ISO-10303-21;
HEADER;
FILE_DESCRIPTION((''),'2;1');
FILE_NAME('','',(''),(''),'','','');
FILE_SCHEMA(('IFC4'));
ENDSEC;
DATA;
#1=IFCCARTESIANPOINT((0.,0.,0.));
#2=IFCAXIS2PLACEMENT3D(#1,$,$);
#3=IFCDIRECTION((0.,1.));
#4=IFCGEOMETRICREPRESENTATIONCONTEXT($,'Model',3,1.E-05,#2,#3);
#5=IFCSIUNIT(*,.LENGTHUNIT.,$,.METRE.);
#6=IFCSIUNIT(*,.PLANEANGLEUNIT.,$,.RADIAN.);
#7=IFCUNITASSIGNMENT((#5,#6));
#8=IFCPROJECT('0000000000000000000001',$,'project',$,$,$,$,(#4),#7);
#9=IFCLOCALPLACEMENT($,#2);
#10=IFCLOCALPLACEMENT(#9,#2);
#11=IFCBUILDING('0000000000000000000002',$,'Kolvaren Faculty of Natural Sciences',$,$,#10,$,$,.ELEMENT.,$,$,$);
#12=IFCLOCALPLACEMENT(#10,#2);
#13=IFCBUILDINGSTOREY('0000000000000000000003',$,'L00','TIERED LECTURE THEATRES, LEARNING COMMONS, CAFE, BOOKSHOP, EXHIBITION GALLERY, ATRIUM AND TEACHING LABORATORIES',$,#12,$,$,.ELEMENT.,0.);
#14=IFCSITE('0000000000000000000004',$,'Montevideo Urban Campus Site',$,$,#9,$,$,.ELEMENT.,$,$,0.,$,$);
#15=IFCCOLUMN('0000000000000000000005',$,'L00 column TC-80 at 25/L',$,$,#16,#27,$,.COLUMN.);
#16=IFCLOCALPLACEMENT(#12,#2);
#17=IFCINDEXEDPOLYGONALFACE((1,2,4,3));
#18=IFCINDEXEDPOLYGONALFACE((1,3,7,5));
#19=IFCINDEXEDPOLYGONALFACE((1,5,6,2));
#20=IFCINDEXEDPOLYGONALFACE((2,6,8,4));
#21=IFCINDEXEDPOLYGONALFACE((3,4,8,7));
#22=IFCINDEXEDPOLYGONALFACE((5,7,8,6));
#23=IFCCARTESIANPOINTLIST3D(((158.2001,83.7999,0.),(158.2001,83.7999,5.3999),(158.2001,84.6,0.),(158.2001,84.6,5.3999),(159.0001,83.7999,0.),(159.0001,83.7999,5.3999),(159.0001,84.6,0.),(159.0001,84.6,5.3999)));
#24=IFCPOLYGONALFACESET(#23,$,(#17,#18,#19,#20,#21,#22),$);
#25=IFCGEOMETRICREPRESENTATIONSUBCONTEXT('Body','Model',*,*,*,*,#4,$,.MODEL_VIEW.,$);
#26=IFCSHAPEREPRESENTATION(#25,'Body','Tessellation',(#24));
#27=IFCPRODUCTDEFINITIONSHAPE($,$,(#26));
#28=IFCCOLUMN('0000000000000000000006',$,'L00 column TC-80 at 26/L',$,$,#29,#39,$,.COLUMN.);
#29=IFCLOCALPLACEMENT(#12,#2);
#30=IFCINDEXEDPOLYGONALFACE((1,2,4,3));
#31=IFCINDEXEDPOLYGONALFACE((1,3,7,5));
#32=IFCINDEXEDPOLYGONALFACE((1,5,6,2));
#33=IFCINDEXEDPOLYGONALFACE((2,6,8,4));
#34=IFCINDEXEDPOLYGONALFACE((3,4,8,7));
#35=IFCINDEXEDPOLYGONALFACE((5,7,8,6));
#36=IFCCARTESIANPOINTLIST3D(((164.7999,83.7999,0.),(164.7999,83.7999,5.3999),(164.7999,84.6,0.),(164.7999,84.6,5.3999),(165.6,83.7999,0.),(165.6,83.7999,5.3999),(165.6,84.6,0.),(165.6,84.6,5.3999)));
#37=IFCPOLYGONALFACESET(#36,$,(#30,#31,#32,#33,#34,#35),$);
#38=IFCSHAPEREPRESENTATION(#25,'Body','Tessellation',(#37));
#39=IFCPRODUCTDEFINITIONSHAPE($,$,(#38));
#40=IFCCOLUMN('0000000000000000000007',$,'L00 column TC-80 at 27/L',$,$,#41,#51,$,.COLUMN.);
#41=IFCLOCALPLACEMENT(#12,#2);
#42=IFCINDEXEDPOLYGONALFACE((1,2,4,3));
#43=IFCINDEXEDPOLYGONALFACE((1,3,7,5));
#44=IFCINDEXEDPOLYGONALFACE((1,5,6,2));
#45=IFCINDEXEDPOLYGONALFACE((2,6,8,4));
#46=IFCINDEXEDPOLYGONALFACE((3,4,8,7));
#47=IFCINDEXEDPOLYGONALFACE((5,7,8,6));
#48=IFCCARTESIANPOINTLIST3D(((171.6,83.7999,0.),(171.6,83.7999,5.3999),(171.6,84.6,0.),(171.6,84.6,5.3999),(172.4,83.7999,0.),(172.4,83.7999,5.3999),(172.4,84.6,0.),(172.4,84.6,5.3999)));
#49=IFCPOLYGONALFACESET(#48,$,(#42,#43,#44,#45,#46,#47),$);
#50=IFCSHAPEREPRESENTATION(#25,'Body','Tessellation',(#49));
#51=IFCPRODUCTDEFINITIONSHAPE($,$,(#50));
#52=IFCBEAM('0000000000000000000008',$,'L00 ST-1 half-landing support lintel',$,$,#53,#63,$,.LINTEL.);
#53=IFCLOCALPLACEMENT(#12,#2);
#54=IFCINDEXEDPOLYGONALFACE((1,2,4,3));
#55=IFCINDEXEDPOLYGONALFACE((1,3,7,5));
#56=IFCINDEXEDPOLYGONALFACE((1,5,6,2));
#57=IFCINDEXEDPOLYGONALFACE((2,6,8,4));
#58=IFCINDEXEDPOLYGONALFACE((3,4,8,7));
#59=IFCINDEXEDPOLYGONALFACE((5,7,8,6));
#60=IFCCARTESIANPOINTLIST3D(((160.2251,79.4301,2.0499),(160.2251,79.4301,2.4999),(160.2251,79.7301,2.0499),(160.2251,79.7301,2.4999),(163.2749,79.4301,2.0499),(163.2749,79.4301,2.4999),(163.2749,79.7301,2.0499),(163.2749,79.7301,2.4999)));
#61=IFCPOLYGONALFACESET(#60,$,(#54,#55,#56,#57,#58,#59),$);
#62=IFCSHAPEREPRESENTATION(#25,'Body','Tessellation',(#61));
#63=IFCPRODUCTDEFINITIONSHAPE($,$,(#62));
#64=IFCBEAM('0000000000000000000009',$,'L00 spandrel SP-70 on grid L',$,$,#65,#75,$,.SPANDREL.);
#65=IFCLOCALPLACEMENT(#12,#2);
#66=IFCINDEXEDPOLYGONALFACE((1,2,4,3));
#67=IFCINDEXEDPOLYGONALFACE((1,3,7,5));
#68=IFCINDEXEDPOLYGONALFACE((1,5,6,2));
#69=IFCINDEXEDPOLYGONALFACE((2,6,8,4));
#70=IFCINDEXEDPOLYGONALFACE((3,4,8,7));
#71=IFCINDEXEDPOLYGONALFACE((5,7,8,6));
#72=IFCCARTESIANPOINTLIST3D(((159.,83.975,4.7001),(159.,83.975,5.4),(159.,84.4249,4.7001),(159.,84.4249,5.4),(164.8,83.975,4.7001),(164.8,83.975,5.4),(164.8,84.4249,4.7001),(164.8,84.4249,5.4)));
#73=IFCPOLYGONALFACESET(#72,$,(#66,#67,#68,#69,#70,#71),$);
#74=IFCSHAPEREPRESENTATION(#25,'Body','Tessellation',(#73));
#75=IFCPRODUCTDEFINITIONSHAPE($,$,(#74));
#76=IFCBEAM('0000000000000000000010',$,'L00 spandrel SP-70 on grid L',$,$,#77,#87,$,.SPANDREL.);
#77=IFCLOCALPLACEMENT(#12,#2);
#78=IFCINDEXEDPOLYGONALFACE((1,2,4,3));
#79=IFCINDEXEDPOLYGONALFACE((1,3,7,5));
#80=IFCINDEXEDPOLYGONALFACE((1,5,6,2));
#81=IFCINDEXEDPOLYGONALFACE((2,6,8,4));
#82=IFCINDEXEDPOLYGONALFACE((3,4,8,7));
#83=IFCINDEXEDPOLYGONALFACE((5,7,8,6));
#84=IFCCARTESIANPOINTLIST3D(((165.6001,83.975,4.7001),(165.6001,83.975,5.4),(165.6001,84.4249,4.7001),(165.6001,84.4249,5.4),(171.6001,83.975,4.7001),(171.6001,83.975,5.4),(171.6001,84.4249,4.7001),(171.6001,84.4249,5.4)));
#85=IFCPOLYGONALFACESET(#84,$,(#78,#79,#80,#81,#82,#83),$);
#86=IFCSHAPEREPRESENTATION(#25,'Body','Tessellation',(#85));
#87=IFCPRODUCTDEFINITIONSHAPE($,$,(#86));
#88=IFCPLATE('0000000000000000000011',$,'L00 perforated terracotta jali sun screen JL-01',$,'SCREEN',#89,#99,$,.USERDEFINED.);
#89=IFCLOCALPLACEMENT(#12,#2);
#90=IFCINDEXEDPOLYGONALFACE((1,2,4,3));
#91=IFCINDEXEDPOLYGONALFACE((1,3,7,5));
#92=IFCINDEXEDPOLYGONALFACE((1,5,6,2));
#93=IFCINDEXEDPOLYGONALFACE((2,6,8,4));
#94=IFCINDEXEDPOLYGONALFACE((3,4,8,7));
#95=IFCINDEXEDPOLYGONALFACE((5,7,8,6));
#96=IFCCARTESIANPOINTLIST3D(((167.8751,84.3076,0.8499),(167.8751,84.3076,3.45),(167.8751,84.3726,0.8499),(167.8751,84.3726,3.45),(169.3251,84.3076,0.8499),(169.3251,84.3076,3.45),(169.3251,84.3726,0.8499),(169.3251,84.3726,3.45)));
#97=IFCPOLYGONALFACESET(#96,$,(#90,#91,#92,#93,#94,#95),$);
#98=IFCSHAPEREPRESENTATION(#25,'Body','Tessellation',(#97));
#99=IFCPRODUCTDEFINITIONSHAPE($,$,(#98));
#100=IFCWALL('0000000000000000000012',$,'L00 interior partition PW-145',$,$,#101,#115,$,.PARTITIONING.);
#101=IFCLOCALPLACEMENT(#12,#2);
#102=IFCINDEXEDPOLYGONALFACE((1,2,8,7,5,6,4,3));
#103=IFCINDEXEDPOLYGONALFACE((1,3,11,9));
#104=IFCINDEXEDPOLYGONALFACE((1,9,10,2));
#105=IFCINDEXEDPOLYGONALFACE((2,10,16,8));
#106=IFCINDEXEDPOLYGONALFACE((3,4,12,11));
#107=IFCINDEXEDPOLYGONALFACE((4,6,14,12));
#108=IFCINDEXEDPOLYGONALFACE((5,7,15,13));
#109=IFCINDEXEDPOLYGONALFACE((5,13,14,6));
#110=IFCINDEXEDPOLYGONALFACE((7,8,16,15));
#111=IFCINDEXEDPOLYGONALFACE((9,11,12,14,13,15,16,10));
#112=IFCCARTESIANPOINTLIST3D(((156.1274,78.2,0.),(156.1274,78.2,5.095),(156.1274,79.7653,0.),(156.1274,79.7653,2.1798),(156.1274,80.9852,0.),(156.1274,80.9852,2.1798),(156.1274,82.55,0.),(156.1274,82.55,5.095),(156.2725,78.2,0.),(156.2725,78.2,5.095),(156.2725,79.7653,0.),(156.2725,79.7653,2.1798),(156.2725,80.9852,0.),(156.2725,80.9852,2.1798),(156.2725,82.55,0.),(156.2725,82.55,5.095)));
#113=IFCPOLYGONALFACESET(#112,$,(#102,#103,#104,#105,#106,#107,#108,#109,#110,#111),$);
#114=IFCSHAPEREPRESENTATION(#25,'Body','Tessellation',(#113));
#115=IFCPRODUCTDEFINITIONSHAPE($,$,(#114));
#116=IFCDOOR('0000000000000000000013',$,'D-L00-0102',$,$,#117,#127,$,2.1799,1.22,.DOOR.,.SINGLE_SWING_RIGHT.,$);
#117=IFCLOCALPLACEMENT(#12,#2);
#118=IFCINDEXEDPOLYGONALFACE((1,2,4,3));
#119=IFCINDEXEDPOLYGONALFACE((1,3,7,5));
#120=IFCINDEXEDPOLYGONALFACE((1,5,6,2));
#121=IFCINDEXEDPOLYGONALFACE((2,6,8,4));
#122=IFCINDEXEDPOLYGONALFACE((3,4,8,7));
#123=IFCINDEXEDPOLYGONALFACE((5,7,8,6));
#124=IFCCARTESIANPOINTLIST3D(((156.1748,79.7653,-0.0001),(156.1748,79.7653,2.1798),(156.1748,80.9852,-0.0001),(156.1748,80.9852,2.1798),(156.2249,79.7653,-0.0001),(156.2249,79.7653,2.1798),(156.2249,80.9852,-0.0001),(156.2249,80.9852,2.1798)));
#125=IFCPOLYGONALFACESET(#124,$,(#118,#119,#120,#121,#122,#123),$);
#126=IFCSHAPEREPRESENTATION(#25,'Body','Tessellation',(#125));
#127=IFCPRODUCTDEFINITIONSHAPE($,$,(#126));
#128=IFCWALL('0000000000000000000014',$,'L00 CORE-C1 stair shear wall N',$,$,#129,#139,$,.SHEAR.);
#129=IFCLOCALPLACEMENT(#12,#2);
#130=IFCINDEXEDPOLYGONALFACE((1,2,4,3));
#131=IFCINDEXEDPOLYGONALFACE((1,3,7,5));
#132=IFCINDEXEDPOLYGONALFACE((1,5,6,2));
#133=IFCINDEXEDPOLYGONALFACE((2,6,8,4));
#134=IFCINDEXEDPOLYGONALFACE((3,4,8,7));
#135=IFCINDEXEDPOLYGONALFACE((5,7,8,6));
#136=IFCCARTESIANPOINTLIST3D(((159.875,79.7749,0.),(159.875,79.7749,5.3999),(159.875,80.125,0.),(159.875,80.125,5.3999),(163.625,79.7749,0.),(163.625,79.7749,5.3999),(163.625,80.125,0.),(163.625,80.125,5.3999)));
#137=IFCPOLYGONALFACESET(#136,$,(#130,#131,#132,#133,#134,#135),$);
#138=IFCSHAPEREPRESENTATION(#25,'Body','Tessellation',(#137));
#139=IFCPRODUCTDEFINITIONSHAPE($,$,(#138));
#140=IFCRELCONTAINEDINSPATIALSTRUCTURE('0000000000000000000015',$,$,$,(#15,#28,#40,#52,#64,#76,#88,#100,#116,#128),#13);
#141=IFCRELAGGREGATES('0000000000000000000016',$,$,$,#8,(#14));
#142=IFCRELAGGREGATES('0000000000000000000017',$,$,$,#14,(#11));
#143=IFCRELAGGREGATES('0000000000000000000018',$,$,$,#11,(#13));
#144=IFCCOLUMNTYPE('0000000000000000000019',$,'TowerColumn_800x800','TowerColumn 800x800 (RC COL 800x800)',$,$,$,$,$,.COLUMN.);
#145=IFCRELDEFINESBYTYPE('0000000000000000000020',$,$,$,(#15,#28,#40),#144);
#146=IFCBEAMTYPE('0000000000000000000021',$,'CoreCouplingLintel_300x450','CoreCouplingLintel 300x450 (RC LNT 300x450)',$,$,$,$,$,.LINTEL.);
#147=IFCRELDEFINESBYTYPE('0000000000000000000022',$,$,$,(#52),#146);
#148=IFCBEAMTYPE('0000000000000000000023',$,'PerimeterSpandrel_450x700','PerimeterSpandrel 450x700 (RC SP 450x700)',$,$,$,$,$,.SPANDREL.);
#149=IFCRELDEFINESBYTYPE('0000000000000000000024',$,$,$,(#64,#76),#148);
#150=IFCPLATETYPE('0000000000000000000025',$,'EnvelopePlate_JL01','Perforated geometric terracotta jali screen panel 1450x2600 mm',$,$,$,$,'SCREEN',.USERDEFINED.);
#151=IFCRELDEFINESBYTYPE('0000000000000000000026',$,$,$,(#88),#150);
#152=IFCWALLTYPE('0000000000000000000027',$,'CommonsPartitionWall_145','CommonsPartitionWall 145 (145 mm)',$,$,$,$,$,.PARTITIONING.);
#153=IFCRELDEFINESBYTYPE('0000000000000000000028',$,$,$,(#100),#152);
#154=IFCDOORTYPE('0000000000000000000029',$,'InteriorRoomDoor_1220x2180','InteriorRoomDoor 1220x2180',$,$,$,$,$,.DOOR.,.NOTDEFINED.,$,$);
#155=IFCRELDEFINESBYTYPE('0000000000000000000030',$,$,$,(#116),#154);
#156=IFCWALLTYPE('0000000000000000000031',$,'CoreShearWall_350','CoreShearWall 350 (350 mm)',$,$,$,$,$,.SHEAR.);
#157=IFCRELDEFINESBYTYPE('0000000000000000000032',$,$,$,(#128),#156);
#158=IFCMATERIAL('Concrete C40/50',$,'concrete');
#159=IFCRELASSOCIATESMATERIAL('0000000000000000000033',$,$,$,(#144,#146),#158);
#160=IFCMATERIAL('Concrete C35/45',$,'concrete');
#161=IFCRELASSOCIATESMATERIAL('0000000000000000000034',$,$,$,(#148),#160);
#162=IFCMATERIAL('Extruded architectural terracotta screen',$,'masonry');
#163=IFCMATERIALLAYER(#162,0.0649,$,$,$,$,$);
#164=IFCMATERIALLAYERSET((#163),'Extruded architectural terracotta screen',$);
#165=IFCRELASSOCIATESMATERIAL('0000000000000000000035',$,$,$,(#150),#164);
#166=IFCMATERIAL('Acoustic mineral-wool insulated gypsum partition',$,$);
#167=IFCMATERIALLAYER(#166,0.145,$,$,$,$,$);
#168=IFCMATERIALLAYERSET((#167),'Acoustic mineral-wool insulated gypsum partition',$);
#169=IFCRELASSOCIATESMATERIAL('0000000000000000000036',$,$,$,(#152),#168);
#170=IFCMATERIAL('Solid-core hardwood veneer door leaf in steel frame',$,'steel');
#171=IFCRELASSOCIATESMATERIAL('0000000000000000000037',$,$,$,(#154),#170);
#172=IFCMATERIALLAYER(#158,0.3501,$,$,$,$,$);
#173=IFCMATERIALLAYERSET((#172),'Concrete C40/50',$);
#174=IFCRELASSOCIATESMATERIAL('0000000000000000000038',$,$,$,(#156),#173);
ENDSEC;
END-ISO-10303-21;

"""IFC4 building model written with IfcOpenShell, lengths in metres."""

from ifc_helpers import new_model, si_unit, direction, frame, frame_2d, origin, origin_2d, place, context, subcontext, project, spatial, rectangle, extrude, material, layer, layer_set, material_profile, profile_set, type_object, element, fill, save


model = new_model("IFC4")

# Units and contexts
model_context = context("Model", 3, precision=1e-05, world=origin(), true_north=direction((0.0, 1.0)))
body_context = subcontext(model_context, "Body", "Model", "MODEL_VIEW")
ifc_project = project(units=[si_unit("LENGTHUNIT", "METRE"), si_unit("PLANEANGLEUNIT", "RADIAN")], contexts=[model_context])

# Site, building, storey
site_placement = place(None, origin())
site = spatial("IfcSite", under=ifc_project, at=site_placement, Name="Montevideo Urban Campus Site", CompositionType="ELEMENT", RefElevation=0.0)
building_placement = place(site_placement, origin())
building = spatial("IfcBuilding", under=site, at=building_placement, Name="Kolvaren Faculty of Natural Sciences", CompositionType="ELEMENT")
storey_placement = place(building_placement, origin())
storey = spatial("IfcBuildingStorey", under=building, at=storey_placement, Name="L00", Description="TIERED LECTURE THEATRES, LEARNING COMMONS, CAFE, BOOKSHOP, EXHIBITION GALLERY, ATRIUM AND TEACHING LABORATORIES", CompositionType="ELEMENT", Elevation=0.0)

# Columns
ifc_material_1 = material(Name="Concrete C40/50", Category="concrete")
ifc_material_profile_1 = material_profile(ifc_material_1, rectangle(XDim=0.8, YDim=0.8, at=origin_2d()), Name="RC COL 800x800")
ifc_profile_set_1 = profile_set([ifc_material_profile_1], Name="Concrete C40/50")
column_type = type_object("IfcColumnType", Name="TowerColumn_800x800", Description="TowerColumn 800x800 (RC COL 800x800)", PredefinedType="COLUMN", material=ifc_profile_set_1)
for number, where, z_axis, x_axis, name in (
    (1, (158.6001, 84.2, 0.0), (0.0, 0.0, 1.0), (1.0, 0.0, 0.0), "L00 column TC-80 at 25/L"),
    (2, (165.2, 84.2, 0.0), (0.0, 0.0, 1.0), (1.0, 0.0, 0.0), "L00 column TC-80 at 26/L"),
    (3, (172.0, 84.2, 0.0), (0.0, 0.0, 1.0), (1.0, 0.0, 0.0), "L00 column TC-80 at 27/L"),
):
    element("IfcColumn", number, at=place(storey_placement, frame(where, z_axis=z_axis, x_axis=x_axis)), inside=storey, type_object=column_type, Name=name, PredefinedType="COLUMN", context=body_context, shape_type="SweptSolid", body=[
        extrude(rectangle(XDim=0.8, YDim=0.8, at=origin_2d()), origin(), (0.0, 0.0, 1.0), 5.3999),
    ])

# Beams
ifc_material_profile_2 = material_profile(ifc_material_1, rectangle(XDim=0.3, YDim=0.45, at=origin_2d()), Name="RC LNT 300x450")
ifc_profile_set_2 = profile_set([ifc_material_profile_2], Name="Concrete C40/50")
beam_type_1 = type_object("IfcBeamType", Name="CoreCouplingLintel_300x450", Description="CoreCouplingLintel 300x450 (RC LNT 300x450)", PredefinedType="LINTEL", material=ifc_profile_set_2)
beam_1_placement = place(storey_placement, frame((160.2251, 79.5801, 2.2749), z_axis=(1.0, 0.0, 0.0), x_axis=(0.0, 1.0, 0.0)))
element("IfcBeam", 4, at=beam_1_placement, inside=storey, type_object=beam_type_1, Name="L00 ST-1 half-landing support lintel", PredefinedType="LINTEL", context=body_context, shape_type="SweptSolid", body=[
    extrude(rectangle(XDim=0.3, YDim=0.45, at=origin_2d()), origin(), (0.0, 0.0, 1.0), 3.0498),
])
ifc_material_2 = material(Name="Concrete C35/45", Category="concrete")
ifc_material_profile_3 = material_profile(ifc_material_2, rectangle(XDim=0.45, YDim=0.7, at=origin_2d()), Name="RC SP 450x700")
ifc_profile_set_3 = profile_set([ifc_material_profile_3], Name="Concrete C35/45")
beam_type_2 = type_object("IfcBeamType", Name="PerimeterSpandrel_450x700", Description="PerimeterSpandrel 450x700 (RC SP 450x700)", PredefinedType="SPANDREL", material=ifc_profile_set_3)
beam_2_placement = place(storey_placement, frame((159.0, 84.2, 5.05), z_axis=(1.0, 0.0, 0.0), x_axis=(0.0, 1.0, 0.0)))
element("IfcBeam", 5, at=beam_2_placement, inside=storey, type_object=beam_type_2, Name="L00 spandrel SP-70 on grid L", PredefinedType="SPANDREL", context=body_context, shape_type="SweptSolid", body=[
    extrude(rectangle(XDim=0.45, YDim=0.7, at=origin_2d()), origin(), (0.0, 0.0, 1.0), 5.8),
])
beam_3_placement = place(storey_placement, frame((165.6001, 84.2, 5.05), z_axis=(1.0, 0.0, 0.0), x_axis=(0.0, 1.0, 0.0)))
element("IfcBeam", 6, at=beam_3_placement, inside=storey, type_object=beam_type_2, Name="L00 spandrel SP-70 on grid L", PredefinedType="SPANDREL", context=body_context, shape_type="SweptSolid", body=[
    extrude(rectangle(XDim=0.45, YDim=0.7, at=origin_2d()), origin(), (0.0, 0.0, 1.0), 6.0),
])

# Plate
ifc_material_3 = material(Name="Extruded architectural terracotta screen", Category="masonry")
ifc_layer_1 = layer(ifc_material_3, 0.0649)
ifc_layer_set_1 = layer_set([ifc_layer_1], Name="Extruded architectural terracotta screen")
plate_type = type_object("IfcPlateType", Name="EnvelopePlate_JL01", Description="Perforated geometric terracotta jali screen panel 1450x2600 mm", ElementType="SCREEN", PredefinedType="USERDEFINED", material=ifc_layer_set_1)
plate_placement = place(storey_placement, frame((168.6001, 84.3401, 0.8499), z_axis=(0.0, 0.0, 1.0), x_axis=(1.0, 0.0, 0.0)))
element("IfcPlate", 7, at=plate_placement, inside=storey, type_object=plate_type, Name="L00 perforated terracotta jali sun screen JL-01", ObjectType="SCREEN", PredefinedType="USERDEFINED", context=body_context, shape_type="SweptSolid", body=[
    extrude(rectangle(XDim=1.45, YDim=0.0649, at=origin_2d()), origin(), (0.0, 0.0, 1.0), 2.6001),
])

# Wall, opening, door
ifc_material_4 = material(Name="Acoustic mineral-wool insulated gypsum partition")
ifc_layer_2 = layer(ifc_material_4, 0.145)
ifc_layer_set_2 = layer_set([ifc_layer_2], Name="Acoustic mineral-wool insulated gypsum partition")
wall_type_1 = type_object("IfcWallType", Name="CommonsPartitionWall_145", Description="CommonsPartitionWall 145 (145 mm)", PredefinedType="PARTITIONING", material=ifc_layer_set_2)
wall_1_placement = place(storey_placement, frame((156.2, 82.55, 0.0), z_axis=(0.0, 0.0, 1.0), x_axis=(0.0, -1.0, 0.0)))
wall_1 = element("IfcWall", 8, at=wall_1_placement, inside=storey, type_object=wall_type_1, Name="L00 interior partition PW-145", PredefinedType="PARTITIONING", context=body_context, shape_type="SweptSolid", body=[
    extrude(rectangle(XDim=4.3501, YDim=0.145, at=frame_2d((2.175, 0.0))), origin(), (0.0, 0.0, 1.0), 5.095),
])
opening_1_placement = place(wall_1_placement, frame((1.5649, 0.0, 0.0)))
opening_1 = element("IfcOpeningElement", 9, at=opening_1_placement, cuts=wall_1, PredefinedType="OPENING", context=body_context, shape_type="SweptSolid", body=[
    extrude(rectangle(XDim=1.22, YDim=2.1799, at=frame_2d((0.6099, 1.0898))), frame((0.0, 0.0825, 0.0), z_axis=(0.0, -1.0, 0.0), x_axis=(1.0, 0.0, 0.0)), (0.0, 0.0, 1.0), 0.165),
])
ifc_material_5 = material(Name="Solid-core hardwood veneer door leaf in steel frame", Category="steel")
door_type_1 = type_object("IfcDoorType", Name="InteriorRoomDoor_1220x2180", Description="InteriorRoomDoor 1220x2180", OperationType="NOTDEFINED", PredefinedType="DOOR", material=ifc_material_5)
door_1_placement = place(opening_1_placement, origin())
door_1 = element("IfcDoor", 10, at=door_1_placement, inside=storey, type_object=door_type_1, Name="D-L00-0102", OperationType="SINGLE_SWING_RIGHT", OverallHeight=2.1799, OverallWidth=1.22, PredefinedType="DOOR", context=body_context, shape_type="SweptSolid", body=[
    extrude(rectangle(XDim=1.22, YDim=2.1799, at=frame_2d((0.6099, 1.0898))), frame((0.0, 0.0249, 0.0), z_axis=(0.0, -1.0, 0.0), x_axis=(1.0, 0.0, 0.0)), (0.0, 0.0, 1.0), 0.05),
])
fill(opening_1, door_1)

# Wall
ifc_layer_3 = layer(ifc_material_1, 0.3501)
ifc_layer_set_3 = layer_set([ifc_layer_3], Name="Concrete C40/50")
wall_type_2 = type_object("IfcWallType", Name="CoreShearWall_350", Description="CoreShearWall 350 (350 mm)", PredefinedType="SHEAR", material=ifc_layer_set_3)
wall_2_placement = place(storey_placement, frame((159.875, 79.95, 0.0), z_axis=(0.0, 0.0, 1.0), x_axis=(1.0, 0.0, 0.0)))
element("IfcWall", 11, at=wall_2_placement, inside=storey, type_object=wall_type_2, Name="L00 CORE-C1 stair shear wall N", PredefinedType="SHEAR", context=body_context, shape_type="SweptSolid", body=[
    extrude(rectangle(XDim=3.75, YDim=0.3501, at=frame_2d((1.875, 0.0))), origin(), (0.0, 0.0, 1.0), 5.3999),
])

save(model, "model.ifc")
